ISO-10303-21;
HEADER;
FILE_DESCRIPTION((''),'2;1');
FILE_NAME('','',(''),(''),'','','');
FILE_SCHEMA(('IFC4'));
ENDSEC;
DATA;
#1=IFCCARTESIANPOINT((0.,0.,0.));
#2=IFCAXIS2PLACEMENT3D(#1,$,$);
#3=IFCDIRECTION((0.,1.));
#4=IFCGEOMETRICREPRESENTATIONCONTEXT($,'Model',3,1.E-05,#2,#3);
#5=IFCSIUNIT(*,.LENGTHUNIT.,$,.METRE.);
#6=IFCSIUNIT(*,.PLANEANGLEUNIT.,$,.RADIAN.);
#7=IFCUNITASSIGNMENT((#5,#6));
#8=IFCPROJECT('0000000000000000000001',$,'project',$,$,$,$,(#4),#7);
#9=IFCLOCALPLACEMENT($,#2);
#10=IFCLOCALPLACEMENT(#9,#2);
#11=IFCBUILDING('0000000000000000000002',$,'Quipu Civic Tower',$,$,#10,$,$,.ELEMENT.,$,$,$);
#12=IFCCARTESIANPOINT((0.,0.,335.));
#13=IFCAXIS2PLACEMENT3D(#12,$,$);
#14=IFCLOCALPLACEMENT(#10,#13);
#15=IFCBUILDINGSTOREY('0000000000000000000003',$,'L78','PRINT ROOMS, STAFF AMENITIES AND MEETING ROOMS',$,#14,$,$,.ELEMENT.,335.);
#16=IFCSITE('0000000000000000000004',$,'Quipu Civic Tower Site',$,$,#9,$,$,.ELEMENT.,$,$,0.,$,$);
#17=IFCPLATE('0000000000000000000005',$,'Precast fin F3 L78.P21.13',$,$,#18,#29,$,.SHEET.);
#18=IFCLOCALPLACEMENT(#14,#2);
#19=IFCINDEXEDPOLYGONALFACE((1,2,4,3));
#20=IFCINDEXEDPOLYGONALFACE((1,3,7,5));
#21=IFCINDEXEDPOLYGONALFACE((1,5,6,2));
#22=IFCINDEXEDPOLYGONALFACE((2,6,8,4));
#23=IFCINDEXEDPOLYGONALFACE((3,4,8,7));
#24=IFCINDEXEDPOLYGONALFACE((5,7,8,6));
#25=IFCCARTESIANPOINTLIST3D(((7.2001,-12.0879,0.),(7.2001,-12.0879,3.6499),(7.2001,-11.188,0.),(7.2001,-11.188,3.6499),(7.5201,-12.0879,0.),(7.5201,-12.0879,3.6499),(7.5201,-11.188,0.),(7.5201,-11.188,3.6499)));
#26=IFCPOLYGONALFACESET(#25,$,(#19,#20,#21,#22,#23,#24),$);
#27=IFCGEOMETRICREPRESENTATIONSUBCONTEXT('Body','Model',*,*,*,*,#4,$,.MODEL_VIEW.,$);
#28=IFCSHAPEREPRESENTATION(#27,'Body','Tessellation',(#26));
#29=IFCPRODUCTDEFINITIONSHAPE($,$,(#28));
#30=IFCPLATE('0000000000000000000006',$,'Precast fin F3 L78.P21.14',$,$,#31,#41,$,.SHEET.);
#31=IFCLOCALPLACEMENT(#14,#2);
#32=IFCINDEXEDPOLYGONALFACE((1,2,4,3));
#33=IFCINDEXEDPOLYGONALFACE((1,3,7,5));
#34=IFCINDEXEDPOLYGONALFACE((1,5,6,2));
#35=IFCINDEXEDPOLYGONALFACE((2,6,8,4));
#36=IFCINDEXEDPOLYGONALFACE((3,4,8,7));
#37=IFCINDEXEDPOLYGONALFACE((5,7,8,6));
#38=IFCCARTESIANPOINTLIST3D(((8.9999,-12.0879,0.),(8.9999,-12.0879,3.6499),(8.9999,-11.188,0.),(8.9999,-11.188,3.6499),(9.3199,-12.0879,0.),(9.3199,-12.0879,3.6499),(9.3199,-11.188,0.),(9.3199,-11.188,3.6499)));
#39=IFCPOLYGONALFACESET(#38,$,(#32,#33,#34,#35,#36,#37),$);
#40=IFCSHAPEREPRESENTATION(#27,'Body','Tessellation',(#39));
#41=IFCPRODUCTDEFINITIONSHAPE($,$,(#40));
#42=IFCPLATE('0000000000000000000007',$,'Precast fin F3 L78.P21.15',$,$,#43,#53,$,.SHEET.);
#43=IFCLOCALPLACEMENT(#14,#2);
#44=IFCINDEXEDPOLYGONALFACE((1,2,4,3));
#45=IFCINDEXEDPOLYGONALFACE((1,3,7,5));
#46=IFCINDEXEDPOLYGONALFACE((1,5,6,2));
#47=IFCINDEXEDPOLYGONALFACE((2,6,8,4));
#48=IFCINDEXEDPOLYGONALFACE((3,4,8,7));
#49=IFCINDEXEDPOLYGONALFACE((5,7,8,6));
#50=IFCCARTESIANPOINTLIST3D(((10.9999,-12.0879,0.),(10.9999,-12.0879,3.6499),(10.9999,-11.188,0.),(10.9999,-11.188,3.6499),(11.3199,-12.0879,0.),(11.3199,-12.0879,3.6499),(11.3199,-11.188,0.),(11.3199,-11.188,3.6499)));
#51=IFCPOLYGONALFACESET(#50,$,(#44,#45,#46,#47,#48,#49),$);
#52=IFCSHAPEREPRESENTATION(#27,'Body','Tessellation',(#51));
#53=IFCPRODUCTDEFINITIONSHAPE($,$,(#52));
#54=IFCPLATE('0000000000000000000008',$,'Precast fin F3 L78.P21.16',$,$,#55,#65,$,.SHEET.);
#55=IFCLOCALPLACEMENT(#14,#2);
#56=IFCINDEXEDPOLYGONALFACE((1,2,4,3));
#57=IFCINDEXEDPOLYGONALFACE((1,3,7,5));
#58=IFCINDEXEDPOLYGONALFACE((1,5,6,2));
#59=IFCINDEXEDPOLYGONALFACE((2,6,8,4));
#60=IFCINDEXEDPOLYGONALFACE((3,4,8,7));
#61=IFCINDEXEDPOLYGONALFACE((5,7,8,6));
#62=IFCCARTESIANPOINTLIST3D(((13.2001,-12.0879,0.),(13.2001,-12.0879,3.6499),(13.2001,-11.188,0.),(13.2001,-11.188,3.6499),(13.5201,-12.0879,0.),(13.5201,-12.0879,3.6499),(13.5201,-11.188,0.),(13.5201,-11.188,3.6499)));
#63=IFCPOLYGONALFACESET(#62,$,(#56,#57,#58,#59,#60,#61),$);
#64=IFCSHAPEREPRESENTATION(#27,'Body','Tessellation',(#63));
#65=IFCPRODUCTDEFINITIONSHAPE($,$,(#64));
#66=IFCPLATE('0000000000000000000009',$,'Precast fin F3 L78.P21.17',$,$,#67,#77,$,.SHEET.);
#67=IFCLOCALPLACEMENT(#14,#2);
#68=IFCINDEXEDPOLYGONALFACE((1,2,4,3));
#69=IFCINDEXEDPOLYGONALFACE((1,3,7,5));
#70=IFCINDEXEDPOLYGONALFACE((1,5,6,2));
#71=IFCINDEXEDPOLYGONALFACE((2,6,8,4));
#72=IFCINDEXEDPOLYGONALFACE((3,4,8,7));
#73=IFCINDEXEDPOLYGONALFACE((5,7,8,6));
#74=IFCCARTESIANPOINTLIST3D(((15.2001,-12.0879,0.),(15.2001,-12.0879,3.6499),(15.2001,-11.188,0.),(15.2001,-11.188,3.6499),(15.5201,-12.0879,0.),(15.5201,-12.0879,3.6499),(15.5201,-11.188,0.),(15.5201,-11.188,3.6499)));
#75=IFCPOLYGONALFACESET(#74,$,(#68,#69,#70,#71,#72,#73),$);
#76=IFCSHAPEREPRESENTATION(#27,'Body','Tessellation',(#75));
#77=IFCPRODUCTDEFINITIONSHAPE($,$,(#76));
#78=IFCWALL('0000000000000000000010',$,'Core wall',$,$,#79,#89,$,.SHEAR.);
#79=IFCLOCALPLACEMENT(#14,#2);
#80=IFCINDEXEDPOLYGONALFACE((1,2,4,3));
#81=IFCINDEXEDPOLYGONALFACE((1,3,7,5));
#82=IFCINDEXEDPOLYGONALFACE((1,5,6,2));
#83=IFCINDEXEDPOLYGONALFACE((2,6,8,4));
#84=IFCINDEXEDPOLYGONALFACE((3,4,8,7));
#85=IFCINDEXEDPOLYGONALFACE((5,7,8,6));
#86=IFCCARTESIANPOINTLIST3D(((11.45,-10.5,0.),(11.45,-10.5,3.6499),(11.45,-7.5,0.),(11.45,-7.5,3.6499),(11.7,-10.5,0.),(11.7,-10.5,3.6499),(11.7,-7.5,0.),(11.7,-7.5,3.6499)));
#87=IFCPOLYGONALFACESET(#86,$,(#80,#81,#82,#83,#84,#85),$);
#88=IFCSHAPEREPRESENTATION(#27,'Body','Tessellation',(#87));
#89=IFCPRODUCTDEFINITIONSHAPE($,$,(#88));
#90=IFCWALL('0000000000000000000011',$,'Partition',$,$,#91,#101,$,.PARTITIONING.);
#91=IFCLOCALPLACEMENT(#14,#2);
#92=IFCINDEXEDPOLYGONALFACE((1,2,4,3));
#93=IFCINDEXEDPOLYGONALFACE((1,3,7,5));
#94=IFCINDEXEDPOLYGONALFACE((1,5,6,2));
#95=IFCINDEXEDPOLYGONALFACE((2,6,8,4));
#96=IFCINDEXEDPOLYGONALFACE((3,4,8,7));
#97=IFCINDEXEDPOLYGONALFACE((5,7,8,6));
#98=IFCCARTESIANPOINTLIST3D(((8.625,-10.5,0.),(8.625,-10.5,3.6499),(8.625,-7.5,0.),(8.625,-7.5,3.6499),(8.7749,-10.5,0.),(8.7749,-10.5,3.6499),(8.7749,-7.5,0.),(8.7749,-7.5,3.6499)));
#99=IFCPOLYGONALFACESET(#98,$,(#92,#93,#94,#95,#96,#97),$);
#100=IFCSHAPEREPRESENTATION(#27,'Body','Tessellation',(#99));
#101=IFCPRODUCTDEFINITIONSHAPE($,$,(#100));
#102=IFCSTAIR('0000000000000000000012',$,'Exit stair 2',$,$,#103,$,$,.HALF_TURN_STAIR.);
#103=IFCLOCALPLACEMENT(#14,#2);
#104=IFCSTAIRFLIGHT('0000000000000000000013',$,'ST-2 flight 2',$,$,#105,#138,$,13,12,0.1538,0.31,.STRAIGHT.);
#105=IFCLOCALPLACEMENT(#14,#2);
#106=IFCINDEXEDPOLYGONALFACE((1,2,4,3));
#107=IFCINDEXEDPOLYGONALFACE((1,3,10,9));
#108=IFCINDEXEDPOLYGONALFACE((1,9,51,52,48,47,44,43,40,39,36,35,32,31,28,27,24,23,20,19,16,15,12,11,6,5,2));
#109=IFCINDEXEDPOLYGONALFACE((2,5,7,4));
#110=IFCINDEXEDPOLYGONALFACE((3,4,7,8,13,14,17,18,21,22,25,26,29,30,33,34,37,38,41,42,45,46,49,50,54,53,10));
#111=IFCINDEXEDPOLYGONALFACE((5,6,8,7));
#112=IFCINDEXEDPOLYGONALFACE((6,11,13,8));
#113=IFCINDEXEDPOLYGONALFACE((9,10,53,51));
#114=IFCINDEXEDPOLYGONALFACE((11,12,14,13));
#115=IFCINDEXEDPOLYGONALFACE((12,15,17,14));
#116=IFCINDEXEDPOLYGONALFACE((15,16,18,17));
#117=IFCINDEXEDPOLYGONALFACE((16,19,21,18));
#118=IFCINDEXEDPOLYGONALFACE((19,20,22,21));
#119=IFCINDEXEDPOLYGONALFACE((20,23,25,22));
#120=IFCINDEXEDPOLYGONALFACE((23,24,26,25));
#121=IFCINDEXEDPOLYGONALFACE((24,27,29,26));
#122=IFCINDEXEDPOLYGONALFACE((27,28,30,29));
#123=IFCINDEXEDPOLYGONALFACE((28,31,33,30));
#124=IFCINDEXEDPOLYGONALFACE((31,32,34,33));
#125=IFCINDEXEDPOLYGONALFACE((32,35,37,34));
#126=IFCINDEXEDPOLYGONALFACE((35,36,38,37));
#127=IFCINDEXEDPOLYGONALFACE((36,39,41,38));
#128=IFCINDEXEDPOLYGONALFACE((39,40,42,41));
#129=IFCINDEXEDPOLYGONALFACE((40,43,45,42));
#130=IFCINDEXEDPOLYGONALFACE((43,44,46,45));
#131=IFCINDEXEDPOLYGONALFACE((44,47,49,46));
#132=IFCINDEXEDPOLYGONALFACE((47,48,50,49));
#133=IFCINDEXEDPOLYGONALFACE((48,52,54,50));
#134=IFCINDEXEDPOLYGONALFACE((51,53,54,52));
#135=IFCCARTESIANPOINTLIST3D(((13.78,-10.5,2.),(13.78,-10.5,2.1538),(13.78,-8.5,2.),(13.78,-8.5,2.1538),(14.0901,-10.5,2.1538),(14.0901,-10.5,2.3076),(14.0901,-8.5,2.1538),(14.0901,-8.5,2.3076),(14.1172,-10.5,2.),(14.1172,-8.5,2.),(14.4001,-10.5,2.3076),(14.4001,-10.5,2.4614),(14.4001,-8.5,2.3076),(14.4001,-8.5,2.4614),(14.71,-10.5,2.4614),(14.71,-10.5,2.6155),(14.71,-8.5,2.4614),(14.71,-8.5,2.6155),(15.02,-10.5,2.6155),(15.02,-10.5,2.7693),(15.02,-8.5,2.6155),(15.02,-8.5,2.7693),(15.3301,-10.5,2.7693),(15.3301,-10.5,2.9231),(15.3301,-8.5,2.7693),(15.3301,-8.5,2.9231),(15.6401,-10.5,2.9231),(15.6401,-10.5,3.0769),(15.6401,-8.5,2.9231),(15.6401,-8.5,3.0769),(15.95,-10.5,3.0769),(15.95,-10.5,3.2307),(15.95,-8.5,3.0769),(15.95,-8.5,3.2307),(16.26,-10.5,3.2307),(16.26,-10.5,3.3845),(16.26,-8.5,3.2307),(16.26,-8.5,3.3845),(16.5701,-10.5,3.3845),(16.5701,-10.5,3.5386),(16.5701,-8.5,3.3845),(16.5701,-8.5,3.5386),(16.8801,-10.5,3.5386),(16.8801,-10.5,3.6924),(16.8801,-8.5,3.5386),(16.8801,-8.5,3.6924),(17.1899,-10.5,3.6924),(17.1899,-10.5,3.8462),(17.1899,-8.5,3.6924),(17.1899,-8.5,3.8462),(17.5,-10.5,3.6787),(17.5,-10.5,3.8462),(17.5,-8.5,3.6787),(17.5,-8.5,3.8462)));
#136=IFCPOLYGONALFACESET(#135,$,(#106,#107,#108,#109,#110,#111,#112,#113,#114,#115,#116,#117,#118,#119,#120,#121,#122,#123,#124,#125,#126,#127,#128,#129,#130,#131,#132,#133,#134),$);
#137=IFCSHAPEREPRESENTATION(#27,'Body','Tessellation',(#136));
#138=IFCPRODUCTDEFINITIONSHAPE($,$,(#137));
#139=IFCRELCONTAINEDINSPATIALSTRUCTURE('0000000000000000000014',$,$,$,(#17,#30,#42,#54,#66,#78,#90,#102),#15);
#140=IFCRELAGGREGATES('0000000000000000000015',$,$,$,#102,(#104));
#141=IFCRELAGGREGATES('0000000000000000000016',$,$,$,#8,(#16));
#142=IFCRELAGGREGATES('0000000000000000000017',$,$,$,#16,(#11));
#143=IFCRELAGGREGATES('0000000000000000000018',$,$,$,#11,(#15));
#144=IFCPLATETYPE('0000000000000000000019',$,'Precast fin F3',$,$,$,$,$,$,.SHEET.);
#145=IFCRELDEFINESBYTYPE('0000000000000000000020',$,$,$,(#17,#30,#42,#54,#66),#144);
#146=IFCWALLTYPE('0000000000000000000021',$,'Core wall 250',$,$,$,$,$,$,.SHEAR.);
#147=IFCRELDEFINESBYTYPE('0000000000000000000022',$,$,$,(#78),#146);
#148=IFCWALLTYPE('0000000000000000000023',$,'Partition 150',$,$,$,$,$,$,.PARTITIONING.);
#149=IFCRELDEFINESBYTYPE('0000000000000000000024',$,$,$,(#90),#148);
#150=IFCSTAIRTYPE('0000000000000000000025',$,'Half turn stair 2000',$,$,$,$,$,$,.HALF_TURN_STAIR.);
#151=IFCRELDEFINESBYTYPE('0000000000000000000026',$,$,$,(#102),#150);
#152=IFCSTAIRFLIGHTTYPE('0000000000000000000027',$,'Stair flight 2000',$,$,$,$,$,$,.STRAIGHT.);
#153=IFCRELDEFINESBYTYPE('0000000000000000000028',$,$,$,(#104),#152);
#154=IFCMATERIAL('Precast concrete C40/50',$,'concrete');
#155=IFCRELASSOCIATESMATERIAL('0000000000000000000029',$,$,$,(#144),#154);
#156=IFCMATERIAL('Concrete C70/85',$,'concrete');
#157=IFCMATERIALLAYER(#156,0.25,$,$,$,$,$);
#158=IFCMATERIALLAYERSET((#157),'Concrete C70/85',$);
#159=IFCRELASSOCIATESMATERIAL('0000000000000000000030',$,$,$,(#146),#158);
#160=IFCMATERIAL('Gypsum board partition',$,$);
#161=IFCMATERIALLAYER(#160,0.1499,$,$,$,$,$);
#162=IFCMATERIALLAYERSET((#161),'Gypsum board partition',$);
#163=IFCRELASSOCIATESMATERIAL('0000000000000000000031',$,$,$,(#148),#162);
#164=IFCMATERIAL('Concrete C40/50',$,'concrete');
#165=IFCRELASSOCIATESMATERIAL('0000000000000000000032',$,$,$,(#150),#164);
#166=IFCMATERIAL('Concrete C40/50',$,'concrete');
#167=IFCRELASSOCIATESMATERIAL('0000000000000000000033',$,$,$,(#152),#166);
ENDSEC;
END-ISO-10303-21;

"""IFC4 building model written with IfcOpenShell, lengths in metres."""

from ifc_helpers import new_model, si_unit, direction, frame, frame_2d, origin, origin_2d, place, context, subcontext, project, spatial, polyline, rectangle, outline, extrude, material, layer, layer_set, type_object, element, aggregate, save


model = new_model("IFC4")

# Units and contexts
model_context = context("Model", 3, precision=1e-05, world=origin(), true_north=direction((0.0, 1.0)))
body_context = subcontext(model_context, "Body", "Model", "MODEL_VIEW")
ifc_project = project(units=[si_unit("LENGTHUNIT", "METRE"), si_unit("PLANEANGLEUNIT", "RADIAN")], contexts=[model_context])

# Site, building, storey
site_placement = place(None, origin())
site = spatial("IfcSite", under=ifc_project, at=site_placement, Name="Quipu Civic Tower Site", CompositionType="ELEMENT", RefElevation=0.0)
building_placement = place(site_placement, origin())
building = spatial("IfcBuilding", under=site, at=building_placement, Name="Quipu Civic Tower", CompositionType="ELEMENT")
storey_placement = place(building_placement, frame((0.0, 0.0, 335.0)))
storey = spatial("IfcBuildingStorey", under=building, at=storey_placement, Name="L78", Description="PRINT ROOMS, STAFF AMENITIES AND MEETING ROOMS", CompositionType="ELEMENT", Elevation=335.0)

# Plates
ifc_material_1 = material(Name="Precast concrete C40/50", Category="concrete")
plate_type = type_object("IfcPlateType", Name="Precast fin F3", PredefinedType="SHEET", material=ifc_material_1)
for number, where, z_axis, x_axis, name in (
    (1, (7.3601, -11.6379, 0.0), (0.0, 0.0, 1.0), (1.0, 0.0, 0.0), "Precast fin F3 L78.P21.13"),
    (2, (9.1599, -11.6379, 0.0), (0.0, 0.0, 1.0), (1.0, 0.0, 0.0), "Precast fin F3 L78.P21.14"),
    (3, (11.1599, -11.6379, 0.0), (0.0, 0.0, 1.0), (1.0, 0.0, 0.0), "Precast fin F3 L78.P21.15"),
    (4, (13.3601, -11.6379, 0.0), (0.0, 0.0, 1.0), (1.0, 0.0, 0.0), "Precast fin F3 L78.P21.16"),
    (5, (15.3601, -11.6379, 0.0), (0.0, 0.0, 1.0), (1.0, 0.0, 0.0), "Precast fin F3 L78.P21.17"),
):
    element("IfcPlate", number, at=place(storey_placement, frame(where, z_axis=z_axis, x_axis=x_axis)), inside=storey, type_object=plate_type, Name=name, PredefinedType="SHEET", context=body_context, shape_type="SweptSolid", body=[
        extrude(rectangle(XDim=0.3201, YDim=0.8999, at=origin_2d()), origin(), (0.0, 0.0, 1.0), 3.6499),
    ])

# Wall
ifc_material_2 = material(Name="Concrete C70/85", Category="concrete")
ifc_layer_1 = layer(ifc_material_2, 0.25)
ifc_layer_set_1 = layer_set([ifc_layer_1], Name="Concrete C70/85")
wall_type_1 = type_object("IfcWallType", Name="Core wall 250", PredefinedType="SHEAR", material=ifc_layer_set_1)
wall_1_placement = place(storey_placement, frame((11.575, -10.5, 0.0), z_axis=(0.0, 0.0, 1.0), x_axis=(0.0, 1.0, 0.0)))
element("IfcWall", 6, at=wall_1_placement, inside=storey, type_object=wall_type_1, Name="Core wall", PredefinedType="SHEAR", context=body_context, shape_type="SweptSolid", body=[
    extrude(rectangle(XDim=3.0, YDim=0.25, at=frame_2d((1.5, 0.0))), origin(), (0.0, 0.0, 1.0), 3.6499),
])

# Wall
ifc_material_3 = material(Name="Gypsum board partition")
ifc_layer_2 = layer(ifc_material_3, 0.1499)
ifc_layer_set_2 = layer_set([ifc_layer_2], Name="Gypsum board partition")
wall_type_2 = type_object("IfcWallType", Name="Partition 150", PredefinedType="PARTITIONING", material=ifc_layer_set_2)
wall_2_placement = place(storey_placement, frame((8.7, -10.5, 0.0), z_axis=(0.0, 0.0, 1.0), x_axis=(0.0, 1.0, 0.0)))
element("IfcWall", 7, at=wall_2_placement, inside=storey, type_object=wall_type_2, Name="Partition", PredefinedType="PARTITIONING", context=body_context, shape_type="SweptSolid", body=[
    extrude(rectangle(XDim=3.0, YDim=0.1499, at=frame_2d((1.5, 0.0))), origin(), (0.0, 0.0, 1.0), 3.6499),
])

# Stair, stair flight
ifc_material_4 = material(Name="Concrete C40/50", Category="concrete")
stair_type = type_object("IfcStairType", Name="Half turn stair 2000", PredefinedType="HALF_TURN_STAIR", material=ifc_material_4)
stair_placement = place(storey_placement, origin())
stair = element("IfcStair", 8, at=stair_placement, inside=storey, type_object=stair_type, Name="Exit stair 2", PredefinedType="HALF_TURN_STAIR")
ifc_material_5 = material(Name="Concrete C40/50", Category="concrete")
stair_flight_type = type_object("IfcStairFlightType", Name="Stair flight 2000", PredefinedType="STRAIGHT", material=ifc_material_5)
stair_flight_placement = place(storey_placement, frame((13.78, -9.5, 2.0), z_axis=(0.0, 0.0, 1.0), x_axis=(1.0, 0.0, 0.0)))
stair_flight = element("IfcStairFlight", 9, at=stair_flight_placement, type_object=stair_flight_type, Name="ST-2 flight 2", NumberOfRisers=13, NumberOfTreads=12, PredefinedType="STRAIGHT", RiserHeight=0.1538, TreadLength=0.31, context=body_context, shape_type="SweptSolid", body=[
    extrude(outline(polyline([(0.0, 0.0), (0.0, 0.1538), (0.3101, 0.1538), (0.3101, 0.3076), (0.6201, 0.3076), (0.6201, 0.4614), (0.9299, 0.4614), (0.9299, 0.6155), (1.24, 0.6155), (1.24, 0.7693), (1.55, 0.7693), (1.55, 0.9231), (1.8601, 0.9231), (1.8601, 1.0769), (2.1699, 1.0769), (2.1699, 1.2307), (2.48, 1.2307), (2.48, 1.3845), (2.79, 1.3845), (2.79, 1.5386), (3.1001, 1.5386), (3.1001, 1.6924), (3.4099, 1.6924), (3.4099, 1.8462), (3.72, 1.8462), (3.72, 2.0), (3.72, 1.6787), (0.3372, 0.0), (0.0, 0.0)])), frame((0.0, 1.0, 0.0), z_axis=(0.0, -1.0, 0.0), x_axis=(1.0, 0.0, 0.0)), (0.0, 0.0, 1.0), 2.0),
])
aggregate(stair, [stair_flight])

save(model, "model.ifc")
